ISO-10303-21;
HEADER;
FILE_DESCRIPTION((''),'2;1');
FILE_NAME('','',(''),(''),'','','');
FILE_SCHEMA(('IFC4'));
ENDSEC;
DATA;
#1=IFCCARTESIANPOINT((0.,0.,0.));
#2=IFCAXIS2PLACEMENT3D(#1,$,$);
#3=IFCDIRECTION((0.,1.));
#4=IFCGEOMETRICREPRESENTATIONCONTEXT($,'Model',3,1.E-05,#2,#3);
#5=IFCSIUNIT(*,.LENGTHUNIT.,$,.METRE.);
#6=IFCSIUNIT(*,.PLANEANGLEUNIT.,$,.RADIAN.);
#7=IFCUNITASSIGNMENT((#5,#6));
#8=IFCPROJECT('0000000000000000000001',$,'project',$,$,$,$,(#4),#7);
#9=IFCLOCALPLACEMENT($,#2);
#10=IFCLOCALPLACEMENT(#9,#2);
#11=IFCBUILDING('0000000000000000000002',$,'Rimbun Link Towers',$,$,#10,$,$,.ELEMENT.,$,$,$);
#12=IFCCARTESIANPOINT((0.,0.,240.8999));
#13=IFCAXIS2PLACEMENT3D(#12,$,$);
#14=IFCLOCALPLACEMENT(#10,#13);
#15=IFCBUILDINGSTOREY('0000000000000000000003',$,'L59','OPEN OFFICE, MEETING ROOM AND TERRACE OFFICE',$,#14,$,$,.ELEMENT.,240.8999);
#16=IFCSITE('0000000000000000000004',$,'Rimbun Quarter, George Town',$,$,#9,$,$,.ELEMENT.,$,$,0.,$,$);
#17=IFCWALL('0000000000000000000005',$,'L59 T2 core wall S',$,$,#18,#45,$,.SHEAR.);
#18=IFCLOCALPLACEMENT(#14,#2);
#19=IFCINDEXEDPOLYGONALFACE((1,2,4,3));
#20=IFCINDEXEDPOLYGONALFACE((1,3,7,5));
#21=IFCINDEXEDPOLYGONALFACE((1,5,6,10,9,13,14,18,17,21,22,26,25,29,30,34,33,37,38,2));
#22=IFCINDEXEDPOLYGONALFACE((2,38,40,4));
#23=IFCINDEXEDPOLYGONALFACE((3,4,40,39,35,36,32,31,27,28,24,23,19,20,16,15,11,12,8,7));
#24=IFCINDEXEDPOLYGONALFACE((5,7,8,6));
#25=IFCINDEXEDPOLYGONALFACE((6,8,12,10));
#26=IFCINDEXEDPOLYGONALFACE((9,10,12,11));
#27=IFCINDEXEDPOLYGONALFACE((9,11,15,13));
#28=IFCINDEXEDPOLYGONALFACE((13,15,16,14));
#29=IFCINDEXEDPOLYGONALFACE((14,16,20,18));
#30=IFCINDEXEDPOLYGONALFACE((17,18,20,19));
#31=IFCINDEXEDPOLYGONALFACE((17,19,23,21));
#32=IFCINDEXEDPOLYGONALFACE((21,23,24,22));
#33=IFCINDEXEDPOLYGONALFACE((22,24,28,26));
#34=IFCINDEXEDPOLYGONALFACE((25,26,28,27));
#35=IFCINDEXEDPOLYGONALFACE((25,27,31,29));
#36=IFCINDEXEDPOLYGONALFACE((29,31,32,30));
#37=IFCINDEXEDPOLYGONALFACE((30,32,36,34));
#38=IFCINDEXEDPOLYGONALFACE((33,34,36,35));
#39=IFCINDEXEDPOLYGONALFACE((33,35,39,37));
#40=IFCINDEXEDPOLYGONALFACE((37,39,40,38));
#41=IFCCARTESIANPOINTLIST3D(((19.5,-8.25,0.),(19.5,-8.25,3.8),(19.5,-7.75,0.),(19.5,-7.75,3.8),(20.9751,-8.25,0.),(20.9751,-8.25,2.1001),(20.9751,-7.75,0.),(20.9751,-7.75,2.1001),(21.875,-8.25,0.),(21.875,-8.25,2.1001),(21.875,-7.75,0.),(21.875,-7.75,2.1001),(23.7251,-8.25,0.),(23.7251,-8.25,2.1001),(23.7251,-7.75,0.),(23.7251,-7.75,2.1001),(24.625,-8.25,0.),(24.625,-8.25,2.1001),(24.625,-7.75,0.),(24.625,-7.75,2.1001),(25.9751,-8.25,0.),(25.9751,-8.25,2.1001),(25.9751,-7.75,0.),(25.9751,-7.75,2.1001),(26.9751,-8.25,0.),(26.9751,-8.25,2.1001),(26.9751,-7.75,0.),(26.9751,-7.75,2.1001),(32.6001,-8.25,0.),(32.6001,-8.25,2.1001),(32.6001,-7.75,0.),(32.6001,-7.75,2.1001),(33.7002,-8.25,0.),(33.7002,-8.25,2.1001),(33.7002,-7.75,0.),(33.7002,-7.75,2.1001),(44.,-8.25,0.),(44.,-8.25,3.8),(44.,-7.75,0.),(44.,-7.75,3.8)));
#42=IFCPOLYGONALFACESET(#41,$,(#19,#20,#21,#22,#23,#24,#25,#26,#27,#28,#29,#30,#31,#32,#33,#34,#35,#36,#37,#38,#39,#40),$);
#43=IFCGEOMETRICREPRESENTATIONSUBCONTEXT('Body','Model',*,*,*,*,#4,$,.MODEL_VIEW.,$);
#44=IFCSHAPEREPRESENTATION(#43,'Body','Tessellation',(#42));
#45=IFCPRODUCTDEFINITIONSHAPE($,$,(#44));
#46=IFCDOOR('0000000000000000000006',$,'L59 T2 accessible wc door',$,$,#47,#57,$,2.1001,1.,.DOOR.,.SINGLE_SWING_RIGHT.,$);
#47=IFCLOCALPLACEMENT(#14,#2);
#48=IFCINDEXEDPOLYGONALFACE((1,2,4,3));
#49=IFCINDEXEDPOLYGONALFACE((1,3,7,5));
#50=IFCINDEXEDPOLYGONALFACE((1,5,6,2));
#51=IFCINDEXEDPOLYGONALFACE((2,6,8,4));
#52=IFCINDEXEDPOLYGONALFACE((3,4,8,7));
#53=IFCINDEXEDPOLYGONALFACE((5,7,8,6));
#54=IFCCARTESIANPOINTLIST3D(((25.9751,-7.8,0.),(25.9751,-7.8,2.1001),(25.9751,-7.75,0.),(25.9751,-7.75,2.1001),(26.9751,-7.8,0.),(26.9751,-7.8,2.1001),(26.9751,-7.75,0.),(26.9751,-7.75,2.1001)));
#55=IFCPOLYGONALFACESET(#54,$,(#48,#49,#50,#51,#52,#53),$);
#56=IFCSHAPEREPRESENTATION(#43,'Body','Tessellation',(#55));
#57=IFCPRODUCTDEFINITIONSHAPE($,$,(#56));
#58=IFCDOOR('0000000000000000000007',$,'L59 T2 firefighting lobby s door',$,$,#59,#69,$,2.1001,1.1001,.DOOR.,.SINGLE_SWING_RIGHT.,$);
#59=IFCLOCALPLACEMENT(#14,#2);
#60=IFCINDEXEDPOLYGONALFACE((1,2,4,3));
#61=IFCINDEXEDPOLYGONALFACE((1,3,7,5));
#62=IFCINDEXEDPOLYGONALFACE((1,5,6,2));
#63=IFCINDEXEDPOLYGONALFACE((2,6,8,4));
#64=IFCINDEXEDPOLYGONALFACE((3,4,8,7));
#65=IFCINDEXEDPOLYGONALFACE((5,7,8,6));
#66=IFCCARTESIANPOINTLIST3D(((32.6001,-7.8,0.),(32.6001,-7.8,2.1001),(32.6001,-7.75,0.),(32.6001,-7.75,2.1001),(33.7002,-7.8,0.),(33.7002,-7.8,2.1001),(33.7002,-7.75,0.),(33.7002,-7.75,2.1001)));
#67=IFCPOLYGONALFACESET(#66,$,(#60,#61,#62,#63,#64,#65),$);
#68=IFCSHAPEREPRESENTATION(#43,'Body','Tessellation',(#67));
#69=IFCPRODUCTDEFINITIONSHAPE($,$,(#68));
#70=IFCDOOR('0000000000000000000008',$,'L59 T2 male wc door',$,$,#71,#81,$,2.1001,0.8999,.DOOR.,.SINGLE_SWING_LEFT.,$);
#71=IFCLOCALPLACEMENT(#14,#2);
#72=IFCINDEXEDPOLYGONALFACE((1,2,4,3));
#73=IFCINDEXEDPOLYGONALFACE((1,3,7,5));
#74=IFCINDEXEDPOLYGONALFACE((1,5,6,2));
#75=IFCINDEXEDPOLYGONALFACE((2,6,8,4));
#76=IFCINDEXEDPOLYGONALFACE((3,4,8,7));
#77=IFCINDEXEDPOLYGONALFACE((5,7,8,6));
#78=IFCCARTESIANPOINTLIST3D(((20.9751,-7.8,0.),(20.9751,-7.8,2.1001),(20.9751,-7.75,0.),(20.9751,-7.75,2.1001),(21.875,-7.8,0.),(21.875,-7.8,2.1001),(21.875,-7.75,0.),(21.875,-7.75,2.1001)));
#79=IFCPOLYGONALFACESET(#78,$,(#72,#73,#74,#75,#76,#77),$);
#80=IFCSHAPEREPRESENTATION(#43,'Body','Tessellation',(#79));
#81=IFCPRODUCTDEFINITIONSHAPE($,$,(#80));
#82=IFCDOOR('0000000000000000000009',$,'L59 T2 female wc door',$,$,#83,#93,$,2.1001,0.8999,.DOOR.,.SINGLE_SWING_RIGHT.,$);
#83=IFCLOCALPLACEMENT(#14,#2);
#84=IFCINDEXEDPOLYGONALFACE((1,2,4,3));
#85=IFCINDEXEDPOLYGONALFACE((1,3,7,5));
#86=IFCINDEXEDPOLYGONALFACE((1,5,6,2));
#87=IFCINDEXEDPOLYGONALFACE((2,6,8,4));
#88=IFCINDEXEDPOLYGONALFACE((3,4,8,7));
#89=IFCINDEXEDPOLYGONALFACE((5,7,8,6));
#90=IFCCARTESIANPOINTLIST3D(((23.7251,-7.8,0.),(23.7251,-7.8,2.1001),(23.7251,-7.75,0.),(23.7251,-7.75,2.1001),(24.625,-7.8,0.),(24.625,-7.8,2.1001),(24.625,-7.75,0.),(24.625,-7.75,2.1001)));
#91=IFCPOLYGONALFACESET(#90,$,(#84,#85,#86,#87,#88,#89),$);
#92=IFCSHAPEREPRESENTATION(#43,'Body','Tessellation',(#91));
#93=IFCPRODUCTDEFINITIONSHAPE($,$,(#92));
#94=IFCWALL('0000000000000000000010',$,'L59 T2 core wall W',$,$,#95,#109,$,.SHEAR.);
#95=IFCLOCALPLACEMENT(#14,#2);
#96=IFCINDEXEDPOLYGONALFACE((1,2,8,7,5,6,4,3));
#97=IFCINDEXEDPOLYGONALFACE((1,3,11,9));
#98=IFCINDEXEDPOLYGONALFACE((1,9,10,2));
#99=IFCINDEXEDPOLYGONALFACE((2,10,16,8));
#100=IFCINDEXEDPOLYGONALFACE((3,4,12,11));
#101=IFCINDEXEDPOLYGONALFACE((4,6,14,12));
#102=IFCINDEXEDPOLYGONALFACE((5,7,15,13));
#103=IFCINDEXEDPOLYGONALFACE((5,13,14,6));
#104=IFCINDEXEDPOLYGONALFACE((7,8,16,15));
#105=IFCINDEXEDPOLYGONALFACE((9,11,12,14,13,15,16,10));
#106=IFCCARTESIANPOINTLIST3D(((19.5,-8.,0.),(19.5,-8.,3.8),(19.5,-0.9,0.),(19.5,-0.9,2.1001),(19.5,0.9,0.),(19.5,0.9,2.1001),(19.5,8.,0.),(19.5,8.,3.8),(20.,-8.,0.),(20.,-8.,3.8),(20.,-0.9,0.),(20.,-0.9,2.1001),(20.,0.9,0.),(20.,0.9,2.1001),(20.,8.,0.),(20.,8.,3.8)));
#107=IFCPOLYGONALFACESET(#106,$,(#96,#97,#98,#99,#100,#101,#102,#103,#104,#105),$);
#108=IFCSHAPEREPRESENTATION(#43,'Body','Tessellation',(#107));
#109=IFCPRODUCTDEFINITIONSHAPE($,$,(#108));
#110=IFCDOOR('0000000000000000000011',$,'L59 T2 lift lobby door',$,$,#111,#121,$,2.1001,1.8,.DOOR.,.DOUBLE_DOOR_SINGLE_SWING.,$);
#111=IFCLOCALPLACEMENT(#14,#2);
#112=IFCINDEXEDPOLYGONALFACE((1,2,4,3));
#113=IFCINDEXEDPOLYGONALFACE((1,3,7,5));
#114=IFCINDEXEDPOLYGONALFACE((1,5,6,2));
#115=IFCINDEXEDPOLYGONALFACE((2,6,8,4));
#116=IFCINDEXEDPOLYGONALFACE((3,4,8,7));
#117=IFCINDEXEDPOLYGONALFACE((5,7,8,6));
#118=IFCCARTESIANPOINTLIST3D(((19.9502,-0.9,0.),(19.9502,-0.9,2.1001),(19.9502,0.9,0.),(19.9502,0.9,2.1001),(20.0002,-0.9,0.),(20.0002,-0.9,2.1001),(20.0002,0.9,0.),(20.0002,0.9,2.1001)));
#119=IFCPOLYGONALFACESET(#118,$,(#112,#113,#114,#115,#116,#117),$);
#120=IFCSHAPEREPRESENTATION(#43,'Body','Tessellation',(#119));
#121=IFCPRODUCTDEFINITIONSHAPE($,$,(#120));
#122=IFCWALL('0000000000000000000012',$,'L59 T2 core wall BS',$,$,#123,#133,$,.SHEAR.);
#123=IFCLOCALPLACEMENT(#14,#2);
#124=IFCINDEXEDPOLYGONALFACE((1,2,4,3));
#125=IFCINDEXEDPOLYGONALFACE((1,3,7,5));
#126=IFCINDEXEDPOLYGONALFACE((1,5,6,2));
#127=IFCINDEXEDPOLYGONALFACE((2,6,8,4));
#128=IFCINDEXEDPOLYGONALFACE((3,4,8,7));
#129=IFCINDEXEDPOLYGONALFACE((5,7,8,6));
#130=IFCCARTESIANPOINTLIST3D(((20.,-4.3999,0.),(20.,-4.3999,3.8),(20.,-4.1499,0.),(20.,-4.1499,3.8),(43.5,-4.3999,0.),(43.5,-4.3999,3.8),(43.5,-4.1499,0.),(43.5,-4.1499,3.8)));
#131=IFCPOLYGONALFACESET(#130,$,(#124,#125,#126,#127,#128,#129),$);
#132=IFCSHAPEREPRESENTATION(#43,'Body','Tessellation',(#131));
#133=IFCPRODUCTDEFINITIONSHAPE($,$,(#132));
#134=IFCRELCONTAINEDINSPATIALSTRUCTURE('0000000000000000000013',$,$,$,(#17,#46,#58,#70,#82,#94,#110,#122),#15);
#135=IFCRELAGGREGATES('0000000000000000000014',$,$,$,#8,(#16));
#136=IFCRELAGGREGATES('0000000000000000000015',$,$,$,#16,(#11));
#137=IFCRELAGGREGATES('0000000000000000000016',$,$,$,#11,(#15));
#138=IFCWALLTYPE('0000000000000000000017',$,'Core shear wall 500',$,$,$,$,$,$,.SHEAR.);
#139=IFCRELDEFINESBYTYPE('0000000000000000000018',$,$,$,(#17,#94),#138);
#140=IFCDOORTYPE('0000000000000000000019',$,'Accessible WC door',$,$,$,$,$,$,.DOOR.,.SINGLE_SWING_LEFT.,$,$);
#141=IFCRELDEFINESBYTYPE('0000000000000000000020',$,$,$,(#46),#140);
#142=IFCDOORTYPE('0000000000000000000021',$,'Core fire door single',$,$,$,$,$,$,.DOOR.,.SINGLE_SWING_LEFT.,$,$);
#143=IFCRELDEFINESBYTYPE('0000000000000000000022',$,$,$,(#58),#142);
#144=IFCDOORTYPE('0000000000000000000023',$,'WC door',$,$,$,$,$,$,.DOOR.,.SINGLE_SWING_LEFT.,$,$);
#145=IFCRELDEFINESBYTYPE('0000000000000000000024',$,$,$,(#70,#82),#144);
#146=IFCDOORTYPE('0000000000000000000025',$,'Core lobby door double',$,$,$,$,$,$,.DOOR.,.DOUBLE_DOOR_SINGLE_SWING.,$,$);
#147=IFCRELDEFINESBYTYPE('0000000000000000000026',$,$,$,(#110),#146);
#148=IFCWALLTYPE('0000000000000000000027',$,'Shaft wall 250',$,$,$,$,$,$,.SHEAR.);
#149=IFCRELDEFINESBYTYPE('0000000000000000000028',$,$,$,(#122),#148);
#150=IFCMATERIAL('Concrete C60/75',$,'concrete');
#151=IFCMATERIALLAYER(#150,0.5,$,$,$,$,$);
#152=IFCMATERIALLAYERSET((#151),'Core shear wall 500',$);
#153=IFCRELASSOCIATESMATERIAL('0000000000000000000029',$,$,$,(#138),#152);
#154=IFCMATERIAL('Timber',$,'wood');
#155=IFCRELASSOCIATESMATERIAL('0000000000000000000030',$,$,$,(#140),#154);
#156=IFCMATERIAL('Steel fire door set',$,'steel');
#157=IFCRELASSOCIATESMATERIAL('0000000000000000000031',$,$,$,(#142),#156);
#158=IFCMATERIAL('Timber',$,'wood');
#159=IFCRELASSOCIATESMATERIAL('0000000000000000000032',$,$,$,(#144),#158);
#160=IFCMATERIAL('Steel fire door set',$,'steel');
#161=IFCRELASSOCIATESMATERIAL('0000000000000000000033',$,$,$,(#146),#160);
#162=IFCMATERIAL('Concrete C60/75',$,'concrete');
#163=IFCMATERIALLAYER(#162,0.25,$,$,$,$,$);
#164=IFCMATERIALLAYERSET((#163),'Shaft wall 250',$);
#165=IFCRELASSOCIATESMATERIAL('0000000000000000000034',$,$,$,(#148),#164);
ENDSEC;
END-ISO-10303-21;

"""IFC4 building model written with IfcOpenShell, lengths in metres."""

from ifc_helpers import new_model, si_unit, direction, frame, frame_2d, origin, place, context, subcontext, project, spatial, rectangle, extrude, material, layer, layer_set, type_object, element, fill, save


model = new_model("IFC4")

# Units and contexts
model_context = context("Model", 3, precision=1e-05, world=origin(), true_north=direction((0.0, 1.0)))
body_context = subcontext(model_context, "Body", "Model", "MODEL_VIEW")
ifc_project = project(units=[si_unit("LENGTHUNIT", "METRE"), si_unit("PLANEANGLEUNIT", "RADIAN")], contexts=[model_context])

# Site, building, storey
site_placement = place(None, origin())
site = spatial("IfcSite", under=ifc_project, at=site_placement, Name="Rimbun Quarter, George Town", CompositionType="ELEMENT", RefElevation=0.0)
building_placement = place(site_placement, origin())
building = spatial("IfcBuilding", under=site, at=building_placement, Name="Rimbun Link Towers", CompositionType="ELEMENT")
storey_placement = place(building_placement, frame((0.0, 0.0, 240.8999)))
storey = spatial("IfcBuildingStorey", under=building, at=storey_placement, Name="L59", Description="OPEN OFFICE, MEETING ROOM AND TERRACE OFFICE", CompositionType="ELEMENT", Elevation=240.8999)

# Wall, openings, doors
ifc_material_1 = material(Name="Concrete C60/75", Category="concrete")
ifc_layer_1 = layer(ifc_material_1, 0.5)
ifc_layer_set_1 = layer_set([ifc_layer_1], Name="Core shear wall 500")
wall_type_1 = type_object("IfcWallType", Name="Core shear wall 500", PredefinedType="SHEAR", material=ifc_layer_set_1)
wall_1_placement = place(storey_placement, frame((19.5, -8.0, 0.0), z_axis=(0.0, 0.0, 1.0), x_axis=(1.0, 0.0, 0.0)))
wall_1 = element("IfcWall", 1, at=wall_1_placement, inside=storey, type_object=wall_type_1, Name="L59 T2 core wall S", PredefinedType="SHEAR", context=body_context, shape_type="SweptSolid", body=[
    extrude(rectangle(XDim=24.5, YDim=0.5, at=frame_2d((12.25, 0.0))), origin(), (0.0, 0.0, 1.0), 3.8),
])
opening_1_placement = place(wall_1_placement, frame((13.1001, 0.0, 0.0)))
opening_1 = element("IfcOpeningElement", 2, at=opening_1_placement, cuts=wall_1, PredefinedType="OPENING", context=body_context, shape_type="SweptSolid", body=[
    extrude(rectangle(XDim=1.1001, YDim=2.1001, at=frame_2d((0.55, 1.05))), frame((0.0, 0.26, 0.0), z_axis=(0.0, -1.0, 0.0), x_axis=(1.0, 0.0, 0.0)), (0.0, 0.0, 1.0), 0.52),
])
opening_2_placement = place(wall_1_placement, frame((1.4751, 0.0, 0.0)))
opening_2 = element("IfcOpeningElement", 3, at=opening_2_placement, cuts=wall_1, PredefinedType="OPENING", context=body_context, shape_type="SweptSolid", body=[
    extrude(rectangle(XDim=0.8999, YDim=2.1001, at=frame_2d((0.45, 1.05))), frame((0.0, 0.26, 0.0), z_axis=(0.0, -1.0, 0.0), x_axis=(1.0, 0.0, 0.0)), (0.0, 0.0, 1.0), 0.52),
])
opening_3_placement = place(wall_1_placement, frame((4.2251, 0.0, 0.0)))
opening_3 = element("IfcOpeningElement", 4, at=opening_3_placement, cuts=wall_1, PredefinedType="OPENING", context=body_context, shape_type="SweptSolid", body=[
    extrude(rectangle(XDim=0.8999, YDim=2.1001, at=frame_2d((0.45, 1.05))), frame((0.0, 0.26, 0.0), z_axis=(0.0, -1.0, 0.0), x_axis=(1.0, 0.0, 0.0)), (0.0, 0.0, 1.0), 0.52),
])
opening_4_placement = place(wall_1_placement, frame((6.4751, 0.0, 0.0)))
opening_4 = element("IfcOpeningElement", 5, at=opening_4_placement, cuts=wall_1, PredefinedType="OPENING", context=body_context, shape_type="SweptSolid", body=[
    extrude(rectangle(XDim=1.0, YDim=2.1001, at=frame_2d((0.5, 1.05))), frame((0.0, 0.26, 0.0), z_axis=(0.0, -1.0, 0.0), x_axis=(1.0, 0.0, 0.0)), (0.0, 0.0, 1.0), 0.52),
])
ifc_material_2 = material(Name="Timber", Category="wood")
door_type_1 = type_object("IfcDoorType", Name="Accessible WC door", OperationType="SINGLE_SWING_LEFT", PredefinedType="DOOR", material=ifc_material_2)
door_1_placement = place(opening_4_placement, origin())
door_1 = element("IfcDoor", 6, at=door_1_placement, inside=storey, type_object=door_type_1, Name="L59 T2 accessible wc door", OperationType="SINGLE_SWING_RIGHT", OverallHeight=2.1001, OverallWidth=1.0, PredefinedType="DOOR", context=body_context, shape_type="SweptSolid", body=[
    extrude(rectangle(XDim=1.0, YDim=2.1001, at=frame_2d((0.5, 1.05))), frame((0.0, 0.25, 0.0), z_axis=(0.0, -1.0, 0.0), x_axis=(1.0, 0.0, 0.0)), (0.0, 0.0, 1.0), 0.05),
])
fill(opening_4, door_1)
ifc_material_3 = material(Name="Steel fire door set", Category="steel")
door_type_2 = type_object("IfcDoorType", Name="Core fire door single", OperationType="SINGLE_SWING_LEFT", PredefinedType="DOOR", material=ifc_material_3)
door_2_placement = place(opening_1_placement, origin())
door_2 = element("IfcDoor", 7, at=door_2_placement, inside=storey, type_object=door_type_2, Name="L59 T2 firefighting lobby s door", OperationType="SINGLE_SWING_RIGHT", OverallHeight=2.1001, OverallWidth=1.1001, PredefinedType="DOOR", context=body_context, shape_type="SweptSolid", body=[
    extrude(rectangle(XDim=1.1001, YDim=2.1001, at=frame_2d((0.55, 1.05))), frame((0.0, 0.25, 0.0), z_axis=(0.0, -1.0, 0.0), x_axis=(1.0, 0.0, 0.0)), (0.0, 0.0, 1.0), 0.05),
])
fill(opening_1, door_2)
ifc_material_4 = material(Name="Timber", Category="wood")
door_type_3 = type_object("IfcDoorType", Name="WC door", OperationType="SINGLE_SWING_LEFT", PredefinedType="DOOR", material=ifc_material_4)
door_3_placement = place(opening_2_placement, origin())
door_3 = element("IfcDoor", 8, at=door_3_placement, inside=storey, type_object=door_type_3, Name="L59 T2 male wc door", OperationType="SINGLE_SWING_LEFT", OverallHeight=2.1001, OverallWidth=0.8999, PredefinedType="DOOR", context=body_context, shape_type="SweptSolid", body=[
    extrude(rectangle(XDim=0.8999, YDim=2.1001, at=frame_2d((0.45, 1.05))), frame((0.0, 0.25, 0.0), z_axis=(0.0, -1.0, 0.0), x_axis=(1.0, 0.0, 0.0)), (0.0, 0.0, 1.0), 0.05),
])
fill(opening_2, door_3)
door_4_placement = place(opening_3_placement, origin())
door_4 = element("IfcDoor", 9, at=door_4_placement, inside=storey, type_object=door_type_3, Name="L59 T2 female wc door", OperationType="SINGLE_SWING_RIGHT", OverallHeight=2.1001, OverallWidth=0.8999, PredefinedType="DOOR", context=body_context, shape_type="SweptSolid", body=[
    extrude(rectangle(XDim=0.8999, YDim=2.1001, at=frame_2d((0.45, 1.05))), frame((0.0, 0.25, 0.0), z_axis=(0.0, -1.0, 0.0), x_axis=(1.0, 0.0, 0.0)), (0.0, 0.0, 1.0), 0.05),
])
fill(opening_3, door_4)

# Wall, opening, door
wall_2_placement = place(storey_placement, frame((19.75, -8.0, 0.0), z_axis=(0.0, 0.0, 1.0), x_axis=(0.0, 1.0, 0.0)))
wall_2 = element("IfcWall", 10, at=wall_2_placement, inside=storey, type_object=wall_type_1, Name="L59 T2 core wall W", PredefinedType="SHEAR", context=body_context, shape_type="SweptSolid", body=[
    extrude(rectangle(XDim=16.0, YDim=0.5, at=frame_2d((8.0, 0.0))), origin(), (0.0, 0.0, 1.0), 3.8),
])
opening_5_placement = place(wall_2_placement, frame((7.1001, 0.0, 0.0)))
opening_5 = element("IfcOpeningElement", 11, at=opening_5_placement, cuts=wall_2, PredefinedType="OPENING", context=body_context, shape_type="SweptSolid", body=[
    extrude(rectangle(XDim=1.8, YDim=2.1001, at=frame_2d((0.8999, 1.05))), frame((0.0, 0.26, 0.0), z_axis=(0.0, -1.0, 0.0), x_axis=(1.0, 0.0, 0.0)), (0.0, 0.0, 1.0), 0.52),
])
ifc_material_5 = material(Name="Steel fire door set", Category="steel")
door_type_4 = type_object("IfcDoorType", Name="Core lobby door double", OperationType="DOUBLE_DOOR_SINGLE_SWING", PredefinedType="DOOR", material=ifc_material_5)
door_5_placement = place(opening_5_placement, origin())
door_5 = element("IfcDoor", 12, at=door_5_placement, inside=storey, type_object=door_type_4, Name="L59 T2 lift lobby door", OperationType="DOUBLE_DOOR_SINGLE_SWING", OverallHeight=2.1001, OverallWidth=1.8, PredefinedType="DOOR", context=body_context, shape_type="SweptSolid", body=[
    extrude(rectangle(XDim=1.8, YDim=2.1001, at=frame_2d((0.8999, 1.05))), frame((0.0, -0.2002, 0.0), z_axis=(0.0, -1.0, 0.0), x_axis=(1.0, 0.0, 0.0)), (0.0, 0.0, 1.0), 0.05),
])
fill(opening_5, door_5)

# Wall
ifc_material_6 = material(Name="Concrete C60/75", Category="concrete")
ifc_layer_2 = layer(ifc_material_6, 0.25)
ifc_layer_set_2 = layer_set([ifc_layer_2], Name="Shaft wall 250")
wall_type_2 = type_object("IfcWallType", Name="Shaft wall 250", PredefinedType="SHEAR", material=ifc_layer_set_2)
wall_3_placement = place(storey_placement, frame((20.0, -4.2749, 0.0), z_axis=(0.0, 0.0, 1.0), x_axis=(1.0, 0.0, 0.0)))
element("IfcWall", 13, at=wall_3_placement, inside=storey, type_object=wall_type_2, Name="L59 T2 core wall BS", PredefinedType="SHEAR", context=body_context, shape_type="SweptSolid", body=[
    extrude(rectangle(XDim=23.5, YDim=0.25, at=frame_2d((11.75, 0.0))), origin(), (0.0, 0.0, 1.0), 3.8),
])

save(model, "model.ifc")
